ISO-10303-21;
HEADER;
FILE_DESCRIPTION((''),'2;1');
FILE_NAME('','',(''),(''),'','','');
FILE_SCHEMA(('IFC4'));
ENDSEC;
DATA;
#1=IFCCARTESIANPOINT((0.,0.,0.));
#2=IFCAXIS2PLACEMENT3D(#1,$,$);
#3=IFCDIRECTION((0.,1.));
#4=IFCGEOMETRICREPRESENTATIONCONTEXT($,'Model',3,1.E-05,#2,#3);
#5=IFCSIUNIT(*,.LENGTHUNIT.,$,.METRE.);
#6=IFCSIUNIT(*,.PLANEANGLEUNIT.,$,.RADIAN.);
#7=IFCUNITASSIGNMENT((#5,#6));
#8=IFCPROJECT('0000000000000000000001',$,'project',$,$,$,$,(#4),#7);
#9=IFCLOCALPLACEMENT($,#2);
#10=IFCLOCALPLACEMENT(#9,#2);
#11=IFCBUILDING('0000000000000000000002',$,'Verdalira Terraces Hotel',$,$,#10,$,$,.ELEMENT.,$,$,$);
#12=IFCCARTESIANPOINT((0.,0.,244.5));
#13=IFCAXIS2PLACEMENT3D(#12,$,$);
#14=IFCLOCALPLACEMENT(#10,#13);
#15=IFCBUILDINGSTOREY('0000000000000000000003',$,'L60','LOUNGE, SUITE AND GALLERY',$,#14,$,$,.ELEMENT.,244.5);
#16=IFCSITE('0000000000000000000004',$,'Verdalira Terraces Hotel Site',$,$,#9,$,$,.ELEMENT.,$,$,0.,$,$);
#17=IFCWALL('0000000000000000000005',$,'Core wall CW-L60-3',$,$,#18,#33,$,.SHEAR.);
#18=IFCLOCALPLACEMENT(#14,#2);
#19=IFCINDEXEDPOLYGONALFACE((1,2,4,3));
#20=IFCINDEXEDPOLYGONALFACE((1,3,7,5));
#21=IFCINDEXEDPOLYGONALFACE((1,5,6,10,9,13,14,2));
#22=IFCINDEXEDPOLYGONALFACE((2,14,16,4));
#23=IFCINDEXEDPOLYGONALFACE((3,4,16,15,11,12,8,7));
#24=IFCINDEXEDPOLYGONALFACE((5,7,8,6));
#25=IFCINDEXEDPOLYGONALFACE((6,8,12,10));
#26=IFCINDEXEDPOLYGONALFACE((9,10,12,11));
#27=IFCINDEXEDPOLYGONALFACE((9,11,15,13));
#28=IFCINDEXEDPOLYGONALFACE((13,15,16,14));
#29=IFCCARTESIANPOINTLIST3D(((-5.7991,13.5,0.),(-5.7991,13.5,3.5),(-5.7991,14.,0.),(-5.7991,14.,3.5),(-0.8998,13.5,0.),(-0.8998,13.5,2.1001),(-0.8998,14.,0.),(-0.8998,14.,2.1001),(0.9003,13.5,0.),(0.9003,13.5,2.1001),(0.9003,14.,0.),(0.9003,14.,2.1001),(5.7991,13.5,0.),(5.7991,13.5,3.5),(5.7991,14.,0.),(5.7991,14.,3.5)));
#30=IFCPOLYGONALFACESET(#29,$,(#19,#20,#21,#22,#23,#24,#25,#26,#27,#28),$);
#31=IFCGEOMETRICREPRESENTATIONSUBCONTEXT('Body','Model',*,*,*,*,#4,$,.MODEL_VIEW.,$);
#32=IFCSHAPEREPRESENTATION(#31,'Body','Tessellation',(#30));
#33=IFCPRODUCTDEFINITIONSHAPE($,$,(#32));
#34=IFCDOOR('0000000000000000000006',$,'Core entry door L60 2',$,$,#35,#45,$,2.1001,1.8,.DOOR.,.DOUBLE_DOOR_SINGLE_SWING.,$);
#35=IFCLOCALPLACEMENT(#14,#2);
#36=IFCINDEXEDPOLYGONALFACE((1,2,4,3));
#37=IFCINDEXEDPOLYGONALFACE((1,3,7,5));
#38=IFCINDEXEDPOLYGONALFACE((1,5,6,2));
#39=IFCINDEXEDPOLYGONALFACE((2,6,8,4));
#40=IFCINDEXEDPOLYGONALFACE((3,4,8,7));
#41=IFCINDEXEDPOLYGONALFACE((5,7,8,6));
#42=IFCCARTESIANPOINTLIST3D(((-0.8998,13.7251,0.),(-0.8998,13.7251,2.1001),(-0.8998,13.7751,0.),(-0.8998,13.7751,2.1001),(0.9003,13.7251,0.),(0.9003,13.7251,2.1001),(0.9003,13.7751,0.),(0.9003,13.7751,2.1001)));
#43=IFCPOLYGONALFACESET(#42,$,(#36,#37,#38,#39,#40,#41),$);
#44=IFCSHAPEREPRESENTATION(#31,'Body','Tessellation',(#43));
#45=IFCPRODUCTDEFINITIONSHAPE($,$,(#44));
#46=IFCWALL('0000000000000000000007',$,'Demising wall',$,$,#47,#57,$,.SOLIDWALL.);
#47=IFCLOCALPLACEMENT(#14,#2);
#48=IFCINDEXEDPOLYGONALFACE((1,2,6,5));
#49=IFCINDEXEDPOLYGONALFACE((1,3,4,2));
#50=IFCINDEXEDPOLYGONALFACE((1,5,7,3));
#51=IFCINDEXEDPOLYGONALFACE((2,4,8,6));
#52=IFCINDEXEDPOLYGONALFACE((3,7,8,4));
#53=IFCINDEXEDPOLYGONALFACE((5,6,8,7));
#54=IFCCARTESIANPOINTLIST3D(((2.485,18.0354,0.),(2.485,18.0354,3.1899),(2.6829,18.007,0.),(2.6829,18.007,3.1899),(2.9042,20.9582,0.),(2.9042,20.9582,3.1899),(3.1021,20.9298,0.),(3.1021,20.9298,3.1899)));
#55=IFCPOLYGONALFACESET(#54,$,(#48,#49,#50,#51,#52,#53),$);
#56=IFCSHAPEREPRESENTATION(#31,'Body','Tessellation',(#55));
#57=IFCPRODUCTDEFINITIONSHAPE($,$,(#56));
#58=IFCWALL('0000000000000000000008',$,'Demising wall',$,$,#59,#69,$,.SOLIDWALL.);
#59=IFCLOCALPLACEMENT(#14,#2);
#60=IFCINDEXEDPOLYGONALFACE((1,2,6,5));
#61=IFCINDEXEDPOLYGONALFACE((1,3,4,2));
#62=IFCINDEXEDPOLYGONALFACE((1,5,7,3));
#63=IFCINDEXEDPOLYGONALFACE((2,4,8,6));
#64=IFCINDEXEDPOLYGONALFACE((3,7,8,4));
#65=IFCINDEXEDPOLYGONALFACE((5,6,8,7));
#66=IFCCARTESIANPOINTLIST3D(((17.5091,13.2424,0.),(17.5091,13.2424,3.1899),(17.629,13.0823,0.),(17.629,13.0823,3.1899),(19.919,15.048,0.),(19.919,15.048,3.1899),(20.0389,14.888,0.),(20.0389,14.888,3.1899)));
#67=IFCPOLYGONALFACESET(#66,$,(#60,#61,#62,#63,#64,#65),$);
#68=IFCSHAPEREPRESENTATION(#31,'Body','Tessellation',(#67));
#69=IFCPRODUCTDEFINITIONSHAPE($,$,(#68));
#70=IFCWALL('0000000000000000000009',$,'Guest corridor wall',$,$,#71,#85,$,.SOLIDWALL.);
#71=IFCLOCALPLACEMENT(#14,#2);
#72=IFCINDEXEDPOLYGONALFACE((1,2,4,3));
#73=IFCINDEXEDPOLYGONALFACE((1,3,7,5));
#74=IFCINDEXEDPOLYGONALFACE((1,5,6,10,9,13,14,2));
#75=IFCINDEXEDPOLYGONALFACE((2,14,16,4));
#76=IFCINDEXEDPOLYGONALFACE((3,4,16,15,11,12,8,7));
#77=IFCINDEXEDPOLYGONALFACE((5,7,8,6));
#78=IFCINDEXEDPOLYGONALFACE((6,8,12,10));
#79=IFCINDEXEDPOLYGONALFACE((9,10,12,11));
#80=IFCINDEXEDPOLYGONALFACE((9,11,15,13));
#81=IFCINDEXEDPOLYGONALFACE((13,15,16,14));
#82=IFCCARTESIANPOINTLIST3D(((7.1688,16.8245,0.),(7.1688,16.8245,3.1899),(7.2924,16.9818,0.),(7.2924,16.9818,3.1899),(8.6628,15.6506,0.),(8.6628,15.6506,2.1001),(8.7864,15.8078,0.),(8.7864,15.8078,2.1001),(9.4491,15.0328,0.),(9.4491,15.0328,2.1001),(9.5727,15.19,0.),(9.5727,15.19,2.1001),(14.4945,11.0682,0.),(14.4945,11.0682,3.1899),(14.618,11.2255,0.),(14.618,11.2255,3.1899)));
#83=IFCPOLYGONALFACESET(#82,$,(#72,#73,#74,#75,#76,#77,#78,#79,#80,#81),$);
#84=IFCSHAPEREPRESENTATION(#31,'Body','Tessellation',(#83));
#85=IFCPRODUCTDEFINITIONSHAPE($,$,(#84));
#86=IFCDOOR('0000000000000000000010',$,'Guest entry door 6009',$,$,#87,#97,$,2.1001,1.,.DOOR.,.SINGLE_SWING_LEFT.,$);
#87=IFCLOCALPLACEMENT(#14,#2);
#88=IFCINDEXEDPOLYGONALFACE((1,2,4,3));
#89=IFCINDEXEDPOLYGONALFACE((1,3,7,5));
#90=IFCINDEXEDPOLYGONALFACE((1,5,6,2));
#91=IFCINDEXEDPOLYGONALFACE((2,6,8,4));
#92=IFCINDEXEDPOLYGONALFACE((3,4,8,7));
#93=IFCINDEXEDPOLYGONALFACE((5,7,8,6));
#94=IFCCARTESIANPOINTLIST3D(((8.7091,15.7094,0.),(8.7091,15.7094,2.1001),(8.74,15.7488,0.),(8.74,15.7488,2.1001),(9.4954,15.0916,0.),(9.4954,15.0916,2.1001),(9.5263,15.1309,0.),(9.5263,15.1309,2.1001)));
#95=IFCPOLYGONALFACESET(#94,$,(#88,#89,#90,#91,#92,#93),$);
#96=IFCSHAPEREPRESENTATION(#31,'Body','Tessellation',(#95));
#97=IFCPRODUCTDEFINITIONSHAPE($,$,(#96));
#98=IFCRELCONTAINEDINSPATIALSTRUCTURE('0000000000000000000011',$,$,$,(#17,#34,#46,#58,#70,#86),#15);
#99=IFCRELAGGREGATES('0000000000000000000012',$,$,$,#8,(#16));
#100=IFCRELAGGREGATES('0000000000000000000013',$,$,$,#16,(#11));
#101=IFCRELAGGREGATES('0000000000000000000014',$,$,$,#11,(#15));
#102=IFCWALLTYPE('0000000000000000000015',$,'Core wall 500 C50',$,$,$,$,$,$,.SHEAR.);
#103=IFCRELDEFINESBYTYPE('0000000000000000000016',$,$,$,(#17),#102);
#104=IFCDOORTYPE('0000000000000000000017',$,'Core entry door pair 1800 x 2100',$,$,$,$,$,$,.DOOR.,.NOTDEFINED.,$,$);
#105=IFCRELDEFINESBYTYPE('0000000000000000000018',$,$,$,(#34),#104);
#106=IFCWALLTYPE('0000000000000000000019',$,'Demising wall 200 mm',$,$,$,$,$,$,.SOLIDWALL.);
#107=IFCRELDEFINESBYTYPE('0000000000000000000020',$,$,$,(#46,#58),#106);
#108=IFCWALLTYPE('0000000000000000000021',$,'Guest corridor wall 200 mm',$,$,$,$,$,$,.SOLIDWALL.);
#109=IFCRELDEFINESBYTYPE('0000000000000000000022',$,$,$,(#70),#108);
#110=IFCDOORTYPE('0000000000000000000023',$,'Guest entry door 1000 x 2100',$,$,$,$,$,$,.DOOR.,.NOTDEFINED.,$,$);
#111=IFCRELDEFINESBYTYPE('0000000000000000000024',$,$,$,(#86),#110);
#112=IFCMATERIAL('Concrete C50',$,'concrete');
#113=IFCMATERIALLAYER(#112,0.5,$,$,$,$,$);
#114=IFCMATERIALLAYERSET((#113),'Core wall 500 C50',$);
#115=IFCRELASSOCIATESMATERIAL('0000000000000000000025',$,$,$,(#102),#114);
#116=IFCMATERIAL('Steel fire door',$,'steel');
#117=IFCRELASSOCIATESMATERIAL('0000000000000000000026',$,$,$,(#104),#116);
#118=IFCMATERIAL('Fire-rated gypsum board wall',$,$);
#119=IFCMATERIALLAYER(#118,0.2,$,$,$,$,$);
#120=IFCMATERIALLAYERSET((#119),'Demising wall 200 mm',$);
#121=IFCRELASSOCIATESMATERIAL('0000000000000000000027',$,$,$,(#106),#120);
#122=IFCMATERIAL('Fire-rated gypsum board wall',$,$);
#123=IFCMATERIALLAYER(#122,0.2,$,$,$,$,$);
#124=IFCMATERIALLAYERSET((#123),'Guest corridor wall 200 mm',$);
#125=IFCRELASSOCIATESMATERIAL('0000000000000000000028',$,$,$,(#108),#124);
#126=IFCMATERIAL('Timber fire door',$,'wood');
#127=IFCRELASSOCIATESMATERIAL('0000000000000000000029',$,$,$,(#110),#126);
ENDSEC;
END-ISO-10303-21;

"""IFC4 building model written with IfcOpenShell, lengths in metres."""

from ifc_helpers import new_model, si_unit, direction, frame, frame_2d, origin, place, context, subcontext, project, spatial, rectangle, extrude, material, layer, layer_set, type_object, element, fill, save


model = new_model("IFC4")

# Units and contexts
model_context = context("Model", 3, precision=1e-05, world=origin(), true_north=direction((0.0, 1.0)))
body_context = subcontext(model_context, "Body", "Model", "MODEL_VIEW")
ifc_project = project(units=[si_unit("LENGTHUNIT", "METRE"), si_unit("PLANEANGLEUNIT", "RADIAN")], contexts=[model_context])

# Site, building, storey
site_placement = place(None, origin())
site = spatial("IfcSite", under=ifc_project, at=site_placement, Name="Verdalira Terraces Hotel Site", CompositionType="ELEMENT", RefElevation=0.0)
building_placement = place(site_placement, origin())
building = spatial("IfcBuilding", under=site, at=building_placement, Name="Verdalira Terraces Hotel", CompositionType="ELEMENT")
storey_placement = place(building_placement, frame((0.0, 0.0, 244.5)))
storey = spatial("IfcBuildingStorey", under=building, at=storey_placement, Name="L60", Description="LOUNGE, SUITE AND GALLERY", CompositionType="ELEMENT", Elevation=244.5)

# Wall, opening, door
ifc_material_1 = material(Name="Concrete C50", Category="concrete")
ifc_layer_1 = layer(ifc_material_1, 0.5)
ifc_layer_set_1 = layer_set([ifc_layer_1], Name="Core wall 500 C50")
wall_type_1 = type_object("IfcWallType", Name="Core wall 500 C50", PredefinedType="SHEAR", material=ifc_layer_set_1)
wall_1_placement = place(storey_placement, frame((5.7991, 13.75, 0.0), z_axis=(0.0, 0.0, 1.0), x_axis=(-1.0, 0.0, 0.0)))
wall_1 = element("IfcWall", 1, at=wall_1_placement, inside=storey, type_object=wall_type_1, Name="Core wall CW-L60-3", PredefinedType="SHEAR", context=body_context, shape_type="SweptSolid", body=[
    extrude(rectangle(XDim=11.5981, YDim=0.5, at=frame_2d((5.7991, 0.0))), origin(), (0.0, 0.0, 1.0), 3.5),
])
opening_1_placement = place(wall_1_placement, frame((4.8989, 0.0, 0.0)))
opening_1 = element("IfcOpeningElement", 2, at=opening_1_placement, cuts=wall_1, PredefinedType="OPENING", context=body_context, shape_type="SweptSolid", body=[
    extrude(rectangle(XDim=1.8, YDim=2.1001, at=frame_2d((0.8999, 1.05))), frame((0.0, 0.26, 0.0), z_axis=(0.0, -1.0, 0.0), x_axis=(1.0, 0.0, 0.0)), (0.0, 0.0, 1.0), 0.52),
])
ifc_material_2 = material(Name="Steel fire door", Category="steel")
door_type_1 = type_object("IfcDoorType", Name="Core entry door pair 1800 x 2100", OperationType="NOTDEFINED", PredefinedType="DOOR", material=ifc_material_2)
door_1_placement = place(opening_1_placement, origin())
door_1 = element("IfcDoor", 3, at=door_1_placement, inside=storey, type_object=door_type_1, Name="Core entry door L60 2", OperationType="DOUBLE_DOOR_SINGLE_SWING", OverallHeight=2.1001, OverallWidth=1.8, PredefinedType="DOOR", context=body_context, shape_type="SweptSolid", body=[
    extrude(rectangle(XDim=1.8, YDim=2.1001, at=frame_2d((0.8999, 1.05))), frame((0.0, 0.0249, 0.0), z_axis=(0.0, -1.0, 0.0), x_axis=(1.0, 0.0, 0.0)), (0.0, 0.0, 1.0), 0.05),
])
fill(opening_1, door_1)

# Walls
ifc_material_3 = material(Name="Fire-rated gypsum board wall")
ifc_layer_2 = layer(ifc_material_3, 0.2)
ifc_layer_set_2 = layer_set([ifc_layer_2], Name="Demising wall 200 mm")
wall_type_2 = type_object("IfcWallType", Name="Demising wall 200 mm", PredefinedType="SOLIDWALL", material=ifc_layer_set_2)
wall_2_placement = place(storey_placement, frame((2.584, 18.0212, 0.0), z_axis=(0.0, 0.0, 1.0), x_axis=(0.141965, 0.989872, 0.0)))
element("IfcWall", 4, at=wall_2_placement, inside=storey, type_object=wall_type_2, Name="Demising wall", PredefinedType="SOLIDWALL", context=body_context, shape_type="SweptSolid", body=[
    extrude(rectangle(XDim=2.9526, YDim=0.2, at=frame_2d((1.4763, 0.0))), origin(), (0.0, 0.0, 1.0), 3.1899),
])
wall_3_placement = place(storey_placement, frame((17.5691, 13.1624, 0.0), z_axis=(0.0, 0.0, 1.0), x_axis=(0.800282, 0.599624, 0.0)))
element("IfcWall", 5, at=wall_3_placement, inside=storey, type_object=wall_type_2, Name="Demising wall", PredefinedType="SOLIDWALL", context=body_context, shape_type="SweptSolid", body=[
    extrude(rectangle(XDim=3.0112, YDim=0.2, at=frame_2d((1.5056, 0.0))), origin(), (0.0, 0.0, 1.0), 3.1899),
])

# Wall, opening, door
ifc_material_4 = material(Name="Fire-rated gypsum board wall")
ifc_layer_3 = layer(ifc_material_4, 0.2)
ifc_layer_set_3 = layer_set([ifc_layer_3], Name="Guest corridor wall 200 mm")
wall_type_3 = type_object("IfcWallType", Name="Guest corridor wall 200 mm", PredefinedType="SOLIDWALL", material=ifc_layer_set_3)
wall_4_placement = place(storey_placement, frame((7.2307, 16.9031, 0.0), z_axis=(0.0, 0.0, 1.0), x_axis=(0.786295, -0.617852, 0.0)))
wall_4 = element("IfcWall", 6, at=wall_4_placement, inside=storey, type_object=wall_type_3, Name="Guest corridor wall", PredefinedType="SOLIDWALL", context=body_context, shape_type="SweptSolid", body=[
    extrude(rectangle(XDim=9.3166, YDim=0.2, at=frame_2d((4.6582, 0.0))), origin(), (0.0, 0.0, 1.0), 3.1899),
])
opening_2_placement = place(wall_4_placement, frame((1.8999, 0.0, 0.0)))
opening_2 = element("IfcOpeningElement", 7, at=opening_2_placement, cuts=wall_4, PredefinedType="OPENING", context=body_context, shape_type="SweptSolid", body=[
    extrude(rectangle(XDim=1.0, YDim=2.1001, at=frame_2d((0.5, 1.05))), frame((0.0, 0.1099, 0.0), z_axis=(0.0, -1.0, 0.0), x_axis=(1.0, 0.0, 0.0)), (0.0, 0.0, 1.0), 0.22),
])
ifc_material_5 = material(Name="Timber fire door", Category="wood")
door_type_2 = type_object("IfcDoorType", Name="Guest entry door 1000 x 2100", OperationType="NOTDEFINED", PredefinedType="DOOR", material=ifc_material_5)
door_2_placement = place(opening_2_placement, origin())
door_2 = element("IfcDoor", 8, at=door_2_placement, inside=storey, type_object=door_type_2, Name="Guest entry door 6009", OperationType="SINGLE_SWING_LEFT", OverallHeight=2.1001, OverallWidth=1.0, PredefinedType="DOOR", context=body_context, shape_type="SweptSolid", body=[
    extrude(rectangle(XDim=1.0, YDim=2.1001, at=frame_2d((0.5, 1.05))), frame((0.0, 0.0249, 0.0), z_axis=(0.0, -1.0, 0.0), x_axis=(1.0, 0.0, 0.0)), (0.0, 0.0, 1.0), 0.05),
])
fill(opening_2, door_2)

save(model, "model.ifc")
